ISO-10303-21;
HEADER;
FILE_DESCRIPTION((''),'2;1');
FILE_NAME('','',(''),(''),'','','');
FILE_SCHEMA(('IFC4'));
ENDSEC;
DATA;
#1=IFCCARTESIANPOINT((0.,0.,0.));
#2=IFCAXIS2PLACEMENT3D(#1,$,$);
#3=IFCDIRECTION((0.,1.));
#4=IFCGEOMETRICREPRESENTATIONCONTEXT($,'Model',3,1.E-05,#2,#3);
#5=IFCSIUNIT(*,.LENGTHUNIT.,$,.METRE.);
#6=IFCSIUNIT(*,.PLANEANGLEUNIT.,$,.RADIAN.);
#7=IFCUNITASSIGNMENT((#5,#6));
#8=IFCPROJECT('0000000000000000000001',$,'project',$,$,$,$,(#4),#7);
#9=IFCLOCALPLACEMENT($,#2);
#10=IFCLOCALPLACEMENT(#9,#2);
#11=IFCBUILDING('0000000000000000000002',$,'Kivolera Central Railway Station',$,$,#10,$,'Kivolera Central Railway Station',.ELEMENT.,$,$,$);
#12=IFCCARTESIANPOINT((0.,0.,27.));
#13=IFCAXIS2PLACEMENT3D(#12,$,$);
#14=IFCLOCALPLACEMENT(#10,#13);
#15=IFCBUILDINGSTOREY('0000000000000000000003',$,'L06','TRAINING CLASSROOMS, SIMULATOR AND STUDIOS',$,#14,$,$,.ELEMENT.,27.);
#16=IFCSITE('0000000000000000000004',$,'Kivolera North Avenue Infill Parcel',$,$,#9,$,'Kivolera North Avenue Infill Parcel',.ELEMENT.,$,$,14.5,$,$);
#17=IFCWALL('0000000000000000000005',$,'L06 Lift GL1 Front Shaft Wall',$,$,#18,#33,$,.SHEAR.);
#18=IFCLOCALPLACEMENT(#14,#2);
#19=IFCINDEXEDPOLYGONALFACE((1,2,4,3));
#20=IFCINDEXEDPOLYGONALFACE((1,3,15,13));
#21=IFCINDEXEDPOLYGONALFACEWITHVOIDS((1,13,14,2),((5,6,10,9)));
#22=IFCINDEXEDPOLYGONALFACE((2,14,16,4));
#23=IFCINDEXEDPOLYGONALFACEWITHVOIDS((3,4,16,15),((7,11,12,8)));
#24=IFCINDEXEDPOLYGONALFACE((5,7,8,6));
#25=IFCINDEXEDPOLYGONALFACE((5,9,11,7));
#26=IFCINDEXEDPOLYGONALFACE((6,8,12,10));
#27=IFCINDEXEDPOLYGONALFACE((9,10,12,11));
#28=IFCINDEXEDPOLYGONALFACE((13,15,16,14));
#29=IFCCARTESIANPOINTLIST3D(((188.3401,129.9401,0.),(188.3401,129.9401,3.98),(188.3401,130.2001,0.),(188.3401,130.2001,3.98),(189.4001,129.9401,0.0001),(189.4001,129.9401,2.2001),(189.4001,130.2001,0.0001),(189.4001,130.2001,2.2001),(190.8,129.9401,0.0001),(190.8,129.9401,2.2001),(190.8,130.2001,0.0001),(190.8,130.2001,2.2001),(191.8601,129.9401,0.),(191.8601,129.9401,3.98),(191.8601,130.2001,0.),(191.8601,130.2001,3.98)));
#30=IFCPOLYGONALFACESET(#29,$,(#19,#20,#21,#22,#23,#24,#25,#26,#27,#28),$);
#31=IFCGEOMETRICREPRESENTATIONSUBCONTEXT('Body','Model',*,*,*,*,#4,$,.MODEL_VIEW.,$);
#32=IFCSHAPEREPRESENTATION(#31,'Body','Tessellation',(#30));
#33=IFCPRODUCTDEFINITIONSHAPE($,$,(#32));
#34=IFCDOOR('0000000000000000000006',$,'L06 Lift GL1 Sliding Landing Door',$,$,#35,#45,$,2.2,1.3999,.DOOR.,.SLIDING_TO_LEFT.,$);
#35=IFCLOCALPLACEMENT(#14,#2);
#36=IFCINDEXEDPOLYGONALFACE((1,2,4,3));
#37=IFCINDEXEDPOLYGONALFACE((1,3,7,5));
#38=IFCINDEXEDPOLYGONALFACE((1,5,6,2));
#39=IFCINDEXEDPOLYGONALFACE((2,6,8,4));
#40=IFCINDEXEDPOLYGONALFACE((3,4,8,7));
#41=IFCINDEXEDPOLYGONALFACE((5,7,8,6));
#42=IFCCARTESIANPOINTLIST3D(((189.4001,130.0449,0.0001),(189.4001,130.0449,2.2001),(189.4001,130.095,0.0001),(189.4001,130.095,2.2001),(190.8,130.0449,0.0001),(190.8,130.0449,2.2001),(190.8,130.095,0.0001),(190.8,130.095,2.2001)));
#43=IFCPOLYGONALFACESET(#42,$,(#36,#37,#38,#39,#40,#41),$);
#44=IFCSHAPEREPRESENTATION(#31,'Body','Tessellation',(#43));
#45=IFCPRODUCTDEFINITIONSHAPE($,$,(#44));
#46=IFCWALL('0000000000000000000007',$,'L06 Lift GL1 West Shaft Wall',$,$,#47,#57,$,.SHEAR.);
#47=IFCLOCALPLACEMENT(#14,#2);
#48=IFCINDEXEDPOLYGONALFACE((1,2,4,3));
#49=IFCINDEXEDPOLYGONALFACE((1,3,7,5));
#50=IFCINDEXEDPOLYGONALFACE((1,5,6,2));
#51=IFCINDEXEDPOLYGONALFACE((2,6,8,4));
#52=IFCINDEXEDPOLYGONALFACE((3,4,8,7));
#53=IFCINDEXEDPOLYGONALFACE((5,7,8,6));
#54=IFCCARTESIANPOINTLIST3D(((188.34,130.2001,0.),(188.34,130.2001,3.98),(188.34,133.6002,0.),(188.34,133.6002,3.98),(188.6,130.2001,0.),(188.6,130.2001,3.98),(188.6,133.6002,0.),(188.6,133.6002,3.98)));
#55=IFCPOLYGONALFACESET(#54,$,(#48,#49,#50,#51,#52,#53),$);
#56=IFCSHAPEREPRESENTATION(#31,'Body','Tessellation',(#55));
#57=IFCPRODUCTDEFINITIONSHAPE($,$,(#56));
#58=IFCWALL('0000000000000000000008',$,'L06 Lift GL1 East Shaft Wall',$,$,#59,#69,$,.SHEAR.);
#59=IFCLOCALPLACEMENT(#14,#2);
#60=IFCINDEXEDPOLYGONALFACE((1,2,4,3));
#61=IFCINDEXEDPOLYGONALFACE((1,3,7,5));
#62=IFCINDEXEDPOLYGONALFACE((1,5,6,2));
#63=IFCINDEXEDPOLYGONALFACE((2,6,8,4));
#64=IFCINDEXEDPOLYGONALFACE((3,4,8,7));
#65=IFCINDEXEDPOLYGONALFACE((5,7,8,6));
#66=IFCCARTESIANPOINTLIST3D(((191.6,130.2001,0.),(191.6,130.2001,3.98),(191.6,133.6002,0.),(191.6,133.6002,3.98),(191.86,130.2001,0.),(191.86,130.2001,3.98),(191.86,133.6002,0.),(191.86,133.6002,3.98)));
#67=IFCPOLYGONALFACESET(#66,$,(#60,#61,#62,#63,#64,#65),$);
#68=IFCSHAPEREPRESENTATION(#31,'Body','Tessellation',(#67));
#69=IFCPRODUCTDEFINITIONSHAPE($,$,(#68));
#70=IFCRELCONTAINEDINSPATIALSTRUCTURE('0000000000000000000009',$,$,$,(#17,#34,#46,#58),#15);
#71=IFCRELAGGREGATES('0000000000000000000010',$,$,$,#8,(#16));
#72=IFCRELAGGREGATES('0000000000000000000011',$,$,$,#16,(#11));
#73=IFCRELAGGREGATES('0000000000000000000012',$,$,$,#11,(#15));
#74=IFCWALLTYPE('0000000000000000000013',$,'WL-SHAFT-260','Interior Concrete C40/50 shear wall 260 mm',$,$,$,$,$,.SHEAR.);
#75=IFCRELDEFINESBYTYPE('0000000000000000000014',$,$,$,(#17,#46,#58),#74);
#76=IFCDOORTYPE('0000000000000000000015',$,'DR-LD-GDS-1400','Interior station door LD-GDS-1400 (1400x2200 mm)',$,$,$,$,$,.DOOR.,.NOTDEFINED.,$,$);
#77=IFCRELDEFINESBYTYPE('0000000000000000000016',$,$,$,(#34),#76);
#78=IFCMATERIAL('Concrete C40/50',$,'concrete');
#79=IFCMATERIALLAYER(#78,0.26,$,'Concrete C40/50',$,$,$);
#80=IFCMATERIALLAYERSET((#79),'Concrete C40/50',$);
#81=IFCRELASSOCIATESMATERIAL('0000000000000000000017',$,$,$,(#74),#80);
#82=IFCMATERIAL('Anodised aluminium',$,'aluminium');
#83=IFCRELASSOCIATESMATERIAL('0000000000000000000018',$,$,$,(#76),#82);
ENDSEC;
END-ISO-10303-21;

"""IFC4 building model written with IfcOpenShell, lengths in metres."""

from ifc_helpers import new_model, si_unit, direction, frame, frame_2d, origin, place, context, subcontext, project, spatial, rectangle, extrude, material, layer, layer_set, type_object, element, fill, save


model = new_model("IFC4")

# Units and contexts
model_context = context("Model", 3, precision=1e-05, world=origin(), true_north=direction((0.0, 1.0)))
body_context = subcontext(model_context, "Body", "Model", "MODEL_VIEW")
ifc_project = project(units=[si_unit("LENGTHUNIT", "METRE"), si_unit("PLANEANGLEUNIT", "RADIAN")], contexts=[model_context])

# Site, building, storey
site_placement = place(None, origin())
site = spatial("IfcSite", under=ifc_project, at=site_placement, Name="Kivolera North Avenue Infill Parcel", LongName="Kivolera North Avenue Infill Parcel", CompositionType="ELEMENT", RefElevation=14.5)
building_placement = place(site_placement, origin())
building = spatial("IfcBuilding", under=site, at=building_placement, Name="Kivolera Central Railway Station", LongName="Kivolera Central Railway Station", CompositionType="ELEMENT")
storey_placement = place(building_placement, frame((0.0, 0.0, 27.0)))
storey = spatial("IfcBuildingStorey", under=building, at=storey_placement, Name="L06", Description="TRAINING CLASSROOMS, SIMULATOR AND STUDIOS", CompositionType="ELEMENT", Elevation=27.0)

# Shared definitions
ifc_material_1 = material(Name="Concrete C40/50", Category="concrete")

# Shared definitions
ifc_material_2 = material(Name="Anodised aluminium", Category="aluminium")

# Wall, opening, door
ifc_layer_1 = layer(ifc_material_1, 0.26, Name="Concrete C40/50")
ifc_layer_set_1 = layer_set([ifc_layer_1], Name="Concrete C40/50")
wall_type_1 = type_object("IfcWallType", Name="WL-SHAFT-260", Description="Interior Concrete C40/50 shear wall 260 mm", PredefinedType="SHEAR", material=ifc_layer_set_1)
wall_1_placement = place(storey_placement, frame((188.3401, 130.0701, 0.0), z_axis=(0.0, 0.0, 1.0), x_axis=(1.0, 0.0, 0.0)))
wall_1 = element("IfcWall", 1, at=wall_1_placement, inside=storey, type_object=wall_type_1, Name="L06 Lift GL1 Front Shaft Wall", PredefinedType="SHEAR", context=body_context, shape_type="SweptSolid", body=[
    extrude(rectangle(XDim=3.52, YDim=0.26, at=frame_2d((1.76, 0.0))), origin(), (0.0, 0.0, 1.0), 3.98),
])
opening_1_placement = place(wall_1_placement, frame((1.0601, 0.0, 0.0)))
opening_1 = element("IfcOpeningElement", 2, at=opening_1_placement, cuts=wall_1, PredefinedType="OPENING", context=body_context, shape_type="SweptSolid", body=[
    extrude(rectangle(XDim=1.3999, YDim=2.2, at=frame_2d((0.7, 1.1001))), frame((0.0, 0.1399, 0.0), z_axis=(0.0, -1.0, 0.0), x_axis=(1.0, 0.0, 0.0)), (0.0, 0.0, 1.0), 0.28),
])
door_type_1 = type_object("IfcDoorType", Name="DR-LD-GDS-1400", Description="Interior station door LD-GDS-1400 (1400x2200 mm)", OperationType="NOTDEFINED", PredefinedType="DOOR", material=ifc_material_2)
door_1_placement = place(opening_1_placement, origin())
door_1 = element("IfcDoor", 3, at=door_1_placement, inside=storey, type_object=door_type_1, Name="L06 Lift GL1 Sliding Landing Door", OperationType="SLIDING_TO_LEFT", OverallHeight=2.2, OverallWidth=1.3999, PredefinedType="DOOR", context=body_context, shape_type="SweptSolid", body=[
    extrude(rectangle(XDim=1.3999, YDim=2.2, at=frame_2d((0.7, 1.1001))), frame((0.0, 0.0249, 0.0), z_axis=(0.0, -1.0, 0.0), x_axis=(1.0, 0.0, 0.0)), (0.0, 0.0, 1.0), 0.05),
])
fill(opening_1, door_1)

# Walls
for number, where, z_axis, x_axis, name in (
    (4, (188.47, 130.2, 0.0), (0.0, 0.0, 1.0), (0.0, 1.0, 0.0), "L06 Lift GL1 West Shaft Wall"),
    (5, (191.73, 130.2, 0.0), (0.0, 0.0, 1.0), (0.0, 1.0, 0.0), "L06 Lift GL1 East Shaft Wall"),
):
    element("IfcWall", number, at=place(storey_placement, frame(where, z_axis=z_axis, x_axis=x_axis)), inside=storey, type_object=wall_type_1, Name=name, PredefinedType="SHEAR", context=body_context, shape_type="SweptSolid", body=[
        extrude(rectangle(XDim=3.4001, YDim=0.26, at=frame_2d((1.7002, 0.0))), origin(), (0.0, 0.0, 1.0), 3.98),
    ])

save(model, "model.ifc")
